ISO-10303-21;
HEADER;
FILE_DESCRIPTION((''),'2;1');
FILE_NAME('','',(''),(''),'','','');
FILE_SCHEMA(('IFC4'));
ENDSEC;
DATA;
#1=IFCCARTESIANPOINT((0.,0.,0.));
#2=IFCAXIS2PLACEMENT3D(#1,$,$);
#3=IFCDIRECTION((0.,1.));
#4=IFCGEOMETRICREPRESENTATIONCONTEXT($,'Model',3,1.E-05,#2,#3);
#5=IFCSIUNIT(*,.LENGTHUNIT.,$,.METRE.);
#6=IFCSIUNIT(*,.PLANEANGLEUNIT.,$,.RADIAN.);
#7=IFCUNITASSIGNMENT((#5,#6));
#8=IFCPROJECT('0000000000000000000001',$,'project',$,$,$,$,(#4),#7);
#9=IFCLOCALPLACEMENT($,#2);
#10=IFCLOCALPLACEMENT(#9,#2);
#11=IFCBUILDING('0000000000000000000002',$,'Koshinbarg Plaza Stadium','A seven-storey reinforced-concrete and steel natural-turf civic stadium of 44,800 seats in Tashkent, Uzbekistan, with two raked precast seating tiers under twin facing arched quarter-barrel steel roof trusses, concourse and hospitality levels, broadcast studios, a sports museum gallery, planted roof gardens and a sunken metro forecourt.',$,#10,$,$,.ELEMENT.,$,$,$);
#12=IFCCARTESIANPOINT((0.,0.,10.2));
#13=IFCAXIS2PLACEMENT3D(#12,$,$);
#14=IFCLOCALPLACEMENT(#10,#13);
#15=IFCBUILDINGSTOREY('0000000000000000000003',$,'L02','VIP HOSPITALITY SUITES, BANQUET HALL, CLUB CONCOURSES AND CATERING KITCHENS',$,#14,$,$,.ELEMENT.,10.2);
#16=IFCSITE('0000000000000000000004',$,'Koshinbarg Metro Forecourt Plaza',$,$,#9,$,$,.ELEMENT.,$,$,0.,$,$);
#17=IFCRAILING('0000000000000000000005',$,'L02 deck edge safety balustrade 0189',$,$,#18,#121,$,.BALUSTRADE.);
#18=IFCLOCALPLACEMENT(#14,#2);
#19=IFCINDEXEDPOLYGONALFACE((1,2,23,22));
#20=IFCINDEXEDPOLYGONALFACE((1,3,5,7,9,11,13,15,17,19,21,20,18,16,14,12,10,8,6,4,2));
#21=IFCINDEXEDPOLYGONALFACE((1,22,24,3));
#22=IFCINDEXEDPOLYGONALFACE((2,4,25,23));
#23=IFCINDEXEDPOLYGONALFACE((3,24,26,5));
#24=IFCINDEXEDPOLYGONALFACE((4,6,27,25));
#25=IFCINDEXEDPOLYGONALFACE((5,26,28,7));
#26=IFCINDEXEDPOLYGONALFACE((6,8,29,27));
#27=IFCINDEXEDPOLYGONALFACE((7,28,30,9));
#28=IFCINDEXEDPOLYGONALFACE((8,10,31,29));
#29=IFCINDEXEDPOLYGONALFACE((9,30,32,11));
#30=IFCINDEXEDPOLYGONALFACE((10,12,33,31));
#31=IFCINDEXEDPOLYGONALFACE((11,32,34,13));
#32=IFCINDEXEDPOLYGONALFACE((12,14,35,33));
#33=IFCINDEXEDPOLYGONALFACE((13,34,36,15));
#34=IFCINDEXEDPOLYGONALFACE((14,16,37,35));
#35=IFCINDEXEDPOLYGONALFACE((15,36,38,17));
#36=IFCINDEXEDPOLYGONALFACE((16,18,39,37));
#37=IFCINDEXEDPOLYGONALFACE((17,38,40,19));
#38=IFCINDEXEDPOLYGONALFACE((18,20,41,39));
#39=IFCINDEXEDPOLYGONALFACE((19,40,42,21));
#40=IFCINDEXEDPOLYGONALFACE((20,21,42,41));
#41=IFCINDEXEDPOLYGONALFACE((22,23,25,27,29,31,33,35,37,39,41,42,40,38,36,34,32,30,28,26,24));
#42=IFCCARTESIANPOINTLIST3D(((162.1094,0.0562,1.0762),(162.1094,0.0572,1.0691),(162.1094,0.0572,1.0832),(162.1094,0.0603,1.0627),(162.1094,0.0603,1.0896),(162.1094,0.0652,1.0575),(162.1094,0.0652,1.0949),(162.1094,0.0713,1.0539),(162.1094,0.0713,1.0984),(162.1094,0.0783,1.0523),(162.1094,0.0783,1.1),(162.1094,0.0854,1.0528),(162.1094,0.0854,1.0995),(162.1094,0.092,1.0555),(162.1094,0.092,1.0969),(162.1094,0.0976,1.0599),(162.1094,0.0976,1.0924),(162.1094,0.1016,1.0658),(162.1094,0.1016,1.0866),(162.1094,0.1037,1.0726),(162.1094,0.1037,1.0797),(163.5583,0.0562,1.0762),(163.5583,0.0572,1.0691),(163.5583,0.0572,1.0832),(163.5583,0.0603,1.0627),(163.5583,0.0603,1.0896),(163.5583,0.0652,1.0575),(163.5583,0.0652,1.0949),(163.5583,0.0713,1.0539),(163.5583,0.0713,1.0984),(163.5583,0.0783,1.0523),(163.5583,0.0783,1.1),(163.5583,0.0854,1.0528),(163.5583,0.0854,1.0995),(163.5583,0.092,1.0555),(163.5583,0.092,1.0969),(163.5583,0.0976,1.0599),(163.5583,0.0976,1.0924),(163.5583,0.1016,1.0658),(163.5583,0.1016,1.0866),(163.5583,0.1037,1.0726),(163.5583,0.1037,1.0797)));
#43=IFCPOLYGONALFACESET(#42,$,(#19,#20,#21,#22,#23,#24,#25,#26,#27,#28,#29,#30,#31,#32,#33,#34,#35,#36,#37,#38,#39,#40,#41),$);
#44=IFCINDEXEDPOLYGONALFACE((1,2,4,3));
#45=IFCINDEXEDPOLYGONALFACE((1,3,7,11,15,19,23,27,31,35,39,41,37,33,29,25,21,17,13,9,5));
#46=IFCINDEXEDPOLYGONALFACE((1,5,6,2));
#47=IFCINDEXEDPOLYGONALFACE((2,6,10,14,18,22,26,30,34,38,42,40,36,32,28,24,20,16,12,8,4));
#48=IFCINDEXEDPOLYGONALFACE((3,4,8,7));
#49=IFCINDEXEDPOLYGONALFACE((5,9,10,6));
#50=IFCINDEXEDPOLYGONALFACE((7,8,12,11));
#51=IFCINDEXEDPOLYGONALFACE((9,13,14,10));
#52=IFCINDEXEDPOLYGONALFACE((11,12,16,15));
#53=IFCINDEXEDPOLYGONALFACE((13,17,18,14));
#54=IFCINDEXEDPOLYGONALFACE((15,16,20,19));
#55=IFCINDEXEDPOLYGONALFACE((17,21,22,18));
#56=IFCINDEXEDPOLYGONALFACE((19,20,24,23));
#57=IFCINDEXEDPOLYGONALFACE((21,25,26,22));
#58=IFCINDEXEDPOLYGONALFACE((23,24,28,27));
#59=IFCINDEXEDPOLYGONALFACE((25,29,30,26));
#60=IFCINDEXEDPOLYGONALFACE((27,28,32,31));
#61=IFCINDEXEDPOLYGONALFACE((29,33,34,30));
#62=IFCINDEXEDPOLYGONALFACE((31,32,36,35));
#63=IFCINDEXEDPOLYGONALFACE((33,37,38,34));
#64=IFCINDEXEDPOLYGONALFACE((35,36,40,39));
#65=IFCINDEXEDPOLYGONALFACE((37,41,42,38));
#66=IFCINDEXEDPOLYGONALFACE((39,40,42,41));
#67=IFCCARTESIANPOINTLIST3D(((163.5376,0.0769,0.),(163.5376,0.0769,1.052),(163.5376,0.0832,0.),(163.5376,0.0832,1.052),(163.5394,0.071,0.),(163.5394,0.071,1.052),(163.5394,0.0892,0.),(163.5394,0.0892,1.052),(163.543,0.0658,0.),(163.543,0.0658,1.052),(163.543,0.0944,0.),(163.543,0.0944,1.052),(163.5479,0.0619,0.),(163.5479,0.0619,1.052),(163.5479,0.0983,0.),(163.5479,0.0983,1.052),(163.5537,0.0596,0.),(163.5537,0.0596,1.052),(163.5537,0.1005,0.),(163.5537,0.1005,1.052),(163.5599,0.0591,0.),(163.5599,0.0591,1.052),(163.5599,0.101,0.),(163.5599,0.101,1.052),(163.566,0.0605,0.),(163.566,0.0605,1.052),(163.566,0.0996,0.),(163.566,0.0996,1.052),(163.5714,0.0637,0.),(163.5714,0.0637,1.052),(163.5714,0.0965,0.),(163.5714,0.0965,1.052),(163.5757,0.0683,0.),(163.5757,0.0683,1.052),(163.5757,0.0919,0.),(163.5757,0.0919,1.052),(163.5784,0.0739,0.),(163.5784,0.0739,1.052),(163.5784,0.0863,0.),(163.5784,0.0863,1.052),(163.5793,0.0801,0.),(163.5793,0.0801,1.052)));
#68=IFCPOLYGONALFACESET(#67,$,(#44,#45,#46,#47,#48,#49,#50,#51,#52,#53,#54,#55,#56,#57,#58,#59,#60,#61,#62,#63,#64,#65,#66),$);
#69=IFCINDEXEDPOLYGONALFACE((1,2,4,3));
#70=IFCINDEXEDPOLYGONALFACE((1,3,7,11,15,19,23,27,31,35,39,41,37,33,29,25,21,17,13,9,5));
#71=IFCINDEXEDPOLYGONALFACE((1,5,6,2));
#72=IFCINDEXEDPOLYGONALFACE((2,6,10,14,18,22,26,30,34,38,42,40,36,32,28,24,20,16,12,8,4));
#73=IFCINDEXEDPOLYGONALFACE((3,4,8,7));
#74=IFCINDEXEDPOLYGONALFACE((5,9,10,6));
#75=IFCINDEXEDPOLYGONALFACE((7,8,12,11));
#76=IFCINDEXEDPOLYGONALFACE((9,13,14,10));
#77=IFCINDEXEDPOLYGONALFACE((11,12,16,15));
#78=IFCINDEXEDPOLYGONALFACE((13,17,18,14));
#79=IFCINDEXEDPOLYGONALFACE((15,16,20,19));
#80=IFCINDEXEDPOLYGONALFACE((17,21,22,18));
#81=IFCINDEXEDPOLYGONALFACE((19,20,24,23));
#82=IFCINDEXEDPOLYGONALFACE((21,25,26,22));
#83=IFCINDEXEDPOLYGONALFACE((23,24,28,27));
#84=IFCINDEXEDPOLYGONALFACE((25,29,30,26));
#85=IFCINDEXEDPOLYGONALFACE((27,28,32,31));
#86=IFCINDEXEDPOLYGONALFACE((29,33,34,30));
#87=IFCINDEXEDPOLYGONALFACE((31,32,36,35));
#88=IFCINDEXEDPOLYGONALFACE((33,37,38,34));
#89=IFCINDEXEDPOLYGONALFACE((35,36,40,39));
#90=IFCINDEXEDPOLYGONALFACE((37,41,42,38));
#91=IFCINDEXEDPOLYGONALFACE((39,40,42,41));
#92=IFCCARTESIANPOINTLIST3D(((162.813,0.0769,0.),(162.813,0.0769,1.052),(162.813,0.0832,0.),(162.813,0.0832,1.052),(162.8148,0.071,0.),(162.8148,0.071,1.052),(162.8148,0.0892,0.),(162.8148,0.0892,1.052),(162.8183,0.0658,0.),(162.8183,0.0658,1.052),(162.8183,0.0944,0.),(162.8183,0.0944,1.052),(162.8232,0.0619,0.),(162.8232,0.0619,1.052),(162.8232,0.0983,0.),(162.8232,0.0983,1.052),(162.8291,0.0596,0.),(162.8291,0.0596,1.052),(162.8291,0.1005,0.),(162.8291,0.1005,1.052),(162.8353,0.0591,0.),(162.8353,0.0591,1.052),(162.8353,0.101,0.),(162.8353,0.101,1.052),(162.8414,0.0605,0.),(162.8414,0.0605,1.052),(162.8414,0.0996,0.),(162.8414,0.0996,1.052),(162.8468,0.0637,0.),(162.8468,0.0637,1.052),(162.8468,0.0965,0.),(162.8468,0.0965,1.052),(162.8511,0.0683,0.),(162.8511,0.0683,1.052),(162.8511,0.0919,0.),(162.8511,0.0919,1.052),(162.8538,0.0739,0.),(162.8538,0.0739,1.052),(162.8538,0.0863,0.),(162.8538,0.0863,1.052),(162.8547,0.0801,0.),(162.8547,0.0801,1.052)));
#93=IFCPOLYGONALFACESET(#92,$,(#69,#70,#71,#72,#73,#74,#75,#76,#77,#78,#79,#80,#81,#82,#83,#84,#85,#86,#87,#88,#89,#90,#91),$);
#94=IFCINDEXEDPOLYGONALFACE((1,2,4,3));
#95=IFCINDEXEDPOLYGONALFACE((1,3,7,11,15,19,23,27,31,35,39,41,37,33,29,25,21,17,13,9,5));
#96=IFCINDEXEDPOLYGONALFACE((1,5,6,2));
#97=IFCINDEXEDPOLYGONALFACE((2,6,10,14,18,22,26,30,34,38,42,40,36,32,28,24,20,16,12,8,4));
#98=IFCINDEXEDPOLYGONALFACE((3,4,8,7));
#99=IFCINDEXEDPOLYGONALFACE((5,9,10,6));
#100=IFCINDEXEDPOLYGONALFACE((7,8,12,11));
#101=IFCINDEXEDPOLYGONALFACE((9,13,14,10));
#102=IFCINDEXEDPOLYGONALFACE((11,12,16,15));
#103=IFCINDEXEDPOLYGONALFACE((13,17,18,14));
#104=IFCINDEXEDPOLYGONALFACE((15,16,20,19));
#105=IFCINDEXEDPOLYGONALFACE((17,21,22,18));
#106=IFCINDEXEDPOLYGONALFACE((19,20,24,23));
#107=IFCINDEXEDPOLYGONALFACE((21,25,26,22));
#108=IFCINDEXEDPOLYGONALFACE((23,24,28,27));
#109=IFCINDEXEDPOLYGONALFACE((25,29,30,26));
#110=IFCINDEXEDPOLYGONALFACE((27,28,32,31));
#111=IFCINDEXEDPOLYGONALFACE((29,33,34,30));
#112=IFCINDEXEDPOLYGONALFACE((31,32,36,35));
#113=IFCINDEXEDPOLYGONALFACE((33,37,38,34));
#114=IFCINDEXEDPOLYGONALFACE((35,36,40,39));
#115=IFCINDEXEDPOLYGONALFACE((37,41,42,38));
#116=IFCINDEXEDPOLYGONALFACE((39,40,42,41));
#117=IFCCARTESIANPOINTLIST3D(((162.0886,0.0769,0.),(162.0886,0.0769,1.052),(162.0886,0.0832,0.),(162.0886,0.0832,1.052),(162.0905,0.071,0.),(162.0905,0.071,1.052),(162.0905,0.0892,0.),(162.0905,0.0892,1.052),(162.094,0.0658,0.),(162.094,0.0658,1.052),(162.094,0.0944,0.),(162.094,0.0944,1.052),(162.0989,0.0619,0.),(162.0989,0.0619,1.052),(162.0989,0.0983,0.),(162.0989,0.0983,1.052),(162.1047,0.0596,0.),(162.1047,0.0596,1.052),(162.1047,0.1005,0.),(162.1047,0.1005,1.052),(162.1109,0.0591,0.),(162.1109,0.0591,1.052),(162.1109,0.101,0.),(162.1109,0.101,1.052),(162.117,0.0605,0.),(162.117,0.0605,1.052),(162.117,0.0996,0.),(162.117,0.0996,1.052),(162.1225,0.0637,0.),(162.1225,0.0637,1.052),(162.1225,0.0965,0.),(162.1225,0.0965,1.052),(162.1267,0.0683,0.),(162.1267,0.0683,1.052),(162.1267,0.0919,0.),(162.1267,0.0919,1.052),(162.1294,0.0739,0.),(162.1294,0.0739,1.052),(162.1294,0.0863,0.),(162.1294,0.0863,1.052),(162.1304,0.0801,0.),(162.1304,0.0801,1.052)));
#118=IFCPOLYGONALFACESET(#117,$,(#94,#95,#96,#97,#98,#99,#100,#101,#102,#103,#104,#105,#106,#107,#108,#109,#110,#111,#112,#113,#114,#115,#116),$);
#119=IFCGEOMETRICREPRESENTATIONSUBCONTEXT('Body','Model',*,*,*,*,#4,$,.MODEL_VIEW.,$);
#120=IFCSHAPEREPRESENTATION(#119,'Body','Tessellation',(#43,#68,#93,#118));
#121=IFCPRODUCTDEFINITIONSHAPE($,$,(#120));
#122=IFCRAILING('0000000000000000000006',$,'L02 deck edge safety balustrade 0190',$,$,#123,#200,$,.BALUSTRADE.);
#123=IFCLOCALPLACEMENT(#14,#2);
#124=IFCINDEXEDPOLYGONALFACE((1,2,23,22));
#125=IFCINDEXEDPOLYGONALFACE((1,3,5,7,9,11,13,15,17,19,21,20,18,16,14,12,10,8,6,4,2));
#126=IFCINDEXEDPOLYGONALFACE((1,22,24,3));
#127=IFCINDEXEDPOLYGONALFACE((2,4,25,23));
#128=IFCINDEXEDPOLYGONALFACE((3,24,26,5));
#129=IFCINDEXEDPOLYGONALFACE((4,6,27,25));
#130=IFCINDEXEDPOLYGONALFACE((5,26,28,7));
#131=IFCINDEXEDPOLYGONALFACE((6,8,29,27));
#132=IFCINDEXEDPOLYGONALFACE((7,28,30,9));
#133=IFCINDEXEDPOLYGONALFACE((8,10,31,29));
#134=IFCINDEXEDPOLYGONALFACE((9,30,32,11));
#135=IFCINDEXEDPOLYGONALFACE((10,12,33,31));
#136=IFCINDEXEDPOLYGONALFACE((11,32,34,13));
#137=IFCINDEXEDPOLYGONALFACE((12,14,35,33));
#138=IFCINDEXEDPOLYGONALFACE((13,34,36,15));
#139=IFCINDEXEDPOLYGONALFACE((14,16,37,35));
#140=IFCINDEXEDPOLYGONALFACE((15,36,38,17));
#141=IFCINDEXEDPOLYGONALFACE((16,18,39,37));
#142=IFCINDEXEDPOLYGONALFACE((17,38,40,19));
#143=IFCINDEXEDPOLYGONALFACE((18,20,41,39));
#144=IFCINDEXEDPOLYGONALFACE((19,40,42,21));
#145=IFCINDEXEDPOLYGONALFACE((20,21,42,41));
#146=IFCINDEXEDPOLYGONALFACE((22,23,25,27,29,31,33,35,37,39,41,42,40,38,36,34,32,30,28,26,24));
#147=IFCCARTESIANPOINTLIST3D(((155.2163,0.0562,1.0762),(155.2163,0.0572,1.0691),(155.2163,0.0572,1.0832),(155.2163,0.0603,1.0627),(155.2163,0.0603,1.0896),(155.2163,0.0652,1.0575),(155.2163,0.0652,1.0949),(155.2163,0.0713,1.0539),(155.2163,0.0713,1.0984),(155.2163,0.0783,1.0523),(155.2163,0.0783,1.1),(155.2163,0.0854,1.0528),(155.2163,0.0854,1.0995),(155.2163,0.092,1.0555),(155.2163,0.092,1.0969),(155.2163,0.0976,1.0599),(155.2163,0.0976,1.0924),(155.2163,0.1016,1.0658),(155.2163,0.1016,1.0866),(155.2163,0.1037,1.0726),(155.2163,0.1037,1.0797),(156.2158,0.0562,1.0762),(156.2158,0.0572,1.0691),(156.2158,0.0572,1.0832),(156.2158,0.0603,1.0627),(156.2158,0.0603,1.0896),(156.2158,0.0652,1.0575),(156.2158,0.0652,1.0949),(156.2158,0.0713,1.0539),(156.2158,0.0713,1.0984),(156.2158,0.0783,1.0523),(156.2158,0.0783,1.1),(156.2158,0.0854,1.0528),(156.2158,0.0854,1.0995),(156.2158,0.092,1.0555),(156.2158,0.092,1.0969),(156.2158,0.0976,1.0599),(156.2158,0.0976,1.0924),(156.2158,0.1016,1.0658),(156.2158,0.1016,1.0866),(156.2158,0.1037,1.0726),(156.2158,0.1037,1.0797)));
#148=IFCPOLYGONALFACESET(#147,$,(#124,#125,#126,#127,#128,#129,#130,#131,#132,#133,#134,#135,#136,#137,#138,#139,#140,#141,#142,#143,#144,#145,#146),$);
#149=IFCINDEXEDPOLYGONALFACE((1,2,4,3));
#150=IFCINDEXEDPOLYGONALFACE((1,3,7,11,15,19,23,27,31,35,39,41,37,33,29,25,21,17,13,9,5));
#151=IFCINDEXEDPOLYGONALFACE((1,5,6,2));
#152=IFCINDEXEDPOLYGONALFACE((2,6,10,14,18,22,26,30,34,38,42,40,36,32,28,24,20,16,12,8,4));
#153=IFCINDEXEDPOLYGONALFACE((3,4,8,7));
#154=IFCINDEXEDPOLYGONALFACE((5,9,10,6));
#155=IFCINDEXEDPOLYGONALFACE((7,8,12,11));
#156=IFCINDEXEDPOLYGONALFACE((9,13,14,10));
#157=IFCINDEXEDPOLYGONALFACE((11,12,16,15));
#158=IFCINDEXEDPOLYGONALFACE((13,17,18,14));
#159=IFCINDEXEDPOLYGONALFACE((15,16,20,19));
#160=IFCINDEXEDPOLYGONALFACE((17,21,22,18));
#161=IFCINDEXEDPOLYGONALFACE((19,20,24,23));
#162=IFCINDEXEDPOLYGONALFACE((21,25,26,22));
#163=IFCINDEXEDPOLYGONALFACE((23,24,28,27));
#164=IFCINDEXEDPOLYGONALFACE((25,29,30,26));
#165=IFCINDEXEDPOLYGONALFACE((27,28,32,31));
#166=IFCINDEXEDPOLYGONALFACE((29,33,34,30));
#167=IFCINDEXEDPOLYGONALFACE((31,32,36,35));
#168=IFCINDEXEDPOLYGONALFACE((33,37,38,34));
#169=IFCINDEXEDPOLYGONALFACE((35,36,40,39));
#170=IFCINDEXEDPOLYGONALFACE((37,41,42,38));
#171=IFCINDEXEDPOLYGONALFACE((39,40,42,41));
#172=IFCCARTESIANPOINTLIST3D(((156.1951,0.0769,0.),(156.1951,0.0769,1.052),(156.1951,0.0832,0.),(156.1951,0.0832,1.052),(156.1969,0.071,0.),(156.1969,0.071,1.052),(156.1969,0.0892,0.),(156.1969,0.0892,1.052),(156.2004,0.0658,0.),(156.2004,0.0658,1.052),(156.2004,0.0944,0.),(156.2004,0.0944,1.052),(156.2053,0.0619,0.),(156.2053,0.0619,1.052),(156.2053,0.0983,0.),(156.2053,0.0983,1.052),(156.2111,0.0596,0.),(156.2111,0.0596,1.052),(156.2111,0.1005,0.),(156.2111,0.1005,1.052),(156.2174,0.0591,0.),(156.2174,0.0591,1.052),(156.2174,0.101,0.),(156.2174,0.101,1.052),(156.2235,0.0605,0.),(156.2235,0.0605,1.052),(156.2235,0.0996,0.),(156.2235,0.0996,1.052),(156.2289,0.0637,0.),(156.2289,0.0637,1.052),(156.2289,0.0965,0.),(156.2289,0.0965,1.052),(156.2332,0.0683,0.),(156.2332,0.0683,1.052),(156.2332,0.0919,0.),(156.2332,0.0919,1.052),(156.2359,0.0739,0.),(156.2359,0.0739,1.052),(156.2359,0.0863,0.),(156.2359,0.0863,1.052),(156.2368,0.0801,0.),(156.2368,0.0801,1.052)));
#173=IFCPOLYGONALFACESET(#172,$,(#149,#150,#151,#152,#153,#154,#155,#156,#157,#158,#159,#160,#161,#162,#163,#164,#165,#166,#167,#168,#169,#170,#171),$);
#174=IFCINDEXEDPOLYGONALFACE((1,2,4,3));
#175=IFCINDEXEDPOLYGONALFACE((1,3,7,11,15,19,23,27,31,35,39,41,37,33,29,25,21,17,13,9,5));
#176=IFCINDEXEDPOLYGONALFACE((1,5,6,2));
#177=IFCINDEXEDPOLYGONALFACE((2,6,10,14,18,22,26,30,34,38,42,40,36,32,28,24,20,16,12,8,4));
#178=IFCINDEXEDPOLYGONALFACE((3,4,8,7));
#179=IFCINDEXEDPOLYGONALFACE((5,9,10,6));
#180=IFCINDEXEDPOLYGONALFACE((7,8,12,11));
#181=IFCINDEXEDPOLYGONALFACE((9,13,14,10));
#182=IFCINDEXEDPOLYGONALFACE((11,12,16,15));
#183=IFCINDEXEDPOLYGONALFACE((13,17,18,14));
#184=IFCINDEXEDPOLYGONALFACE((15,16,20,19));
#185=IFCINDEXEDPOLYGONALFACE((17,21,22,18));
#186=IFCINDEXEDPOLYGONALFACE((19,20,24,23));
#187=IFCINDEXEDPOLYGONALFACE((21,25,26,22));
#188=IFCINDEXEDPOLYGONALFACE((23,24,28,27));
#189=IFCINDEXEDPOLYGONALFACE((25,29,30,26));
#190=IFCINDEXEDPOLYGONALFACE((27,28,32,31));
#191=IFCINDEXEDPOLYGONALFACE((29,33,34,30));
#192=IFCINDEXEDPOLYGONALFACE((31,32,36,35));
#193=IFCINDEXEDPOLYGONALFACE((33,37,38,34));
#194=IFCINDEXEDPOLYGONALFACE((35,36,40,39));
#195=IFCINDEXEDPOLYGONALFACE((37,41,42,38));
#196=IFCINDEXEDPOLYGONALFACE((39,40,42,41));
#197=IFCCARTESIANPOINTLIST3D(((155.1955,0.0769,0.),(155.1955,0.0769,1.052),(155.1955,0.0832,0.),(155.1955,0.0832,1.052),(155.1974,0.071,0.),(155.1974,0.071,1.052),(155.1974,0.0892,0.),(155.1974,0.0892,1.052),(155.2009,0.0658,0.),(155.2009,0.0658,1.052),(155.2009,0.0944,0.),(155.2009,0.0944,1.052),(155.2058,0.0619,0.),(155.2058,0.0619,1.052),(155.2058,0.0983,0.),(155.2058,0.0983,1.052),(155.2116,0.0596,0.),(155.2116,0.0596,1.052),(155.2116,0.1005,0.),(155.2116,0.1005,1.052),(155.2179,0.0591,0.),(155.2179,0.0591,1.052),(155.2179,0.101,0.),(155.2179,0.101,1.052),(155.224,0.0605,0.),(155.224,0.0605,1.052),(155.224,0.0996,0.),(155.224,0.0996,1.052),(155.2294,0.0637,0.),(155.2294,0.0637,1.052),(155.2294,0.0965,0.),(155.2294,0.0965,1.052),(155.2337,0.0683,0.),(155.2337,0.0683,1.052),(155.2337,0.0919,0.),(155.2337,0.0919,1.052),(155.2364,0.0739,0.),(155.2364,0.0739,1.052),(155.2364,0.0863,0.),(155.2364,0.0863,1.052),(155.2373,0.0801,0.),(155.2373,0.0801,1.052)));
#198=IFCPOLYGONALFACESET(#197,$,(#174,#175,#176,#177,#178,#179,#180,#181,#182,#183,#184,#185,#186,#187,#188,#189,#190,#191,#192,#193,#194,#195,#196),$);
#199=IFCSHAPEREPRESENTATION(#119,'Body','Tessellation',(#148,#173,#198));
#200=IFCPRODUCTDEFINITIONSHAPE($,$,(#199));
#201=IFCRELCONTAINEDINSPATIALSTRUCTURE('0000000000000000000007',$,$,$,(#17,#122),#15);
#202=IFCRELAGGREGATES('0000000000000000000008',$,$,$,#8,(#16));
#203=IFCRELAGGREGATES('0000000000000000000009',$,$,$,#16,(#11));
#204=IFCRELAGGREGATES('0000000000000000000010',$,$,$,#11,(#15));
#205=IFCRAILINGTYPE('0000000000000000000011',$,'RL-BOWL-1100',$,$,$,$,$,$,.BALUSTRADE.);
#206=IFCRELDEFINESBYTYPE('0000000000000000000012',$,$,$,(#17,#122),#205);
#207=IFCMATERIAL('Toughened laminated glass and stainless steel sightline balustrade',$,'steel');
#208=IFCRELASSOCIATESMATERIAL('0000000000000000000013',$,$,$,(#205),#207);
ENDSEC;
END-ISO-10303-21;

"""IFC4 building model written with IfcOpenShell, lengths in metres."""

from ifc_helpers import new_model, si_unit, direction, frame, origin, origin_2d, place, context, subcontext, project, spatial, circle, extrude, material, type_object, element, save


model = new_model("IFC4")

# Units and contexts
model_context = context("Model", 3, precision=1e-05, world=origin(), true_north=direction((0.0, 1.0)))
body_context = subcontext(model_context, "Body", "Model", "MODEL_VIEW")
ifc_project = project(units=[si_unit("LENGTHUNIT", "METRE"), si_unit("PLANEANGLEUNIT", "RADIAN")], contexts=[model_context])

# Site, building, storey
site_placement = place(None, origin())
site = spatial("IfcSite", under=ifc_project, at=site_placement, Name="Koshinbarg Metro Forecourt Plaza", CompositionType="ELEMENT", RefElevation=0.0)
building_placement = place(site_placement, origin())
building = spatial("IfcBuilding", under=site, at=building_placement, Name="Koshinbarg Plaza Stadium", Description="A seven-storey reinforced-concrete and steel natural-turf civic stadium of 44,800 seats in Tashkent, Uzbekistan, with two raked precast seating tiers under twin facing arched quarter-barrel steel roof trusses, concourse and hospitality levels, broadcast studios, a sports museum gallery, planted roof gardens and a sunken metro forecourt.", CompositionType="ELEMENT")
storey_placement = place(building_placement, frame((0.0, 0.0, 10.2)))
storey = spatial("IfcBuildingStorey", under=building, at=storey_placement, Name="L02", Description="VIP HOSPITALITY SUITES, BANQUET HALL, CLUB CONCOURSES AND CATERING KITCHENS", CompositionType="ELEMENT", Elevation=10.2)

# Railings
ifc_material_1 = material(Name="Toughened laminated glass and stainless steel sightline balustrade", Category="steel")
railing_type_1 = type_object("IfcRailingType", Name="RL-BOWL-1100", PredefinedType="BALUSTRADE", material=ifc_material_1)
railing_1_placement = place(storey_placement, frame((163.5583, 0.0801, 0.0)))
element("IfcRailing", 1, at=railing_1_placement, inside=storey, type_object=railing_type_1, Name="L02 deck edge safety balustrade 0189", PredefinedType="BALUSTRADE", context=body_context, shape_type="SweptSolid", body=[
    extrude(circle(Radius=0.0239, at=origin_2d()), frame((0.0, 0.0, 1.0762), z_axis=(-1.0, 0.0, 0.0), x_axis=(0.0, -1.0, 0.0)), (0.0, 0.0, 1.0), 1.449),
    extrude(circle(Radius=0.021, at=origin_2d()), origin(), (0.0, 0.0, 1.0), 1.052),
    extrude(circle(Radius=0.021, at=origin_2d()), frame((-0.7246, 0.0, 0.0)), (0.0, 0.0, 1.0), 1.052),
    extrude(circle(Radius=0.021, at=origin_2d()), frame((-1.449, 0.0, 0.0)), (0.0, 0.0, 1.0), 1.052),
])
railing_2_placement = place(storey_placement, frame((156.2158, 0.0801, 0.0)))
element("IfcRailing", 2, at=railing_2_placement, inside=storey, type_object=railing_type_1, Name="L02 deck edge safety balustrade 0190", PredefinedType="BALUSTRADE", context=body_context, shape_type="SweptSolid", body=[
    extrude(circle(Radius=0.0239, at=origin_2d()), frame((0.0, 0.0, 1.0762), z_axis=(-1.0, 0.0, 0.0), x_axis=(0.0, -1.0, 0.0)), (0.0, 0.0, 1.0), 0.9995),
    extrude(circle(Radius=0.021, at=origin_2d()), origin(), (0.0, 0.0, 1.0), 1.052),
    extrude(circle(Radius=0.021, at=origin_2d()), frame((-0.9995, 0.0, 0.0)), (0.0, 0.0, 1.0), 1.052),
])

save(model, "model.ifc")
